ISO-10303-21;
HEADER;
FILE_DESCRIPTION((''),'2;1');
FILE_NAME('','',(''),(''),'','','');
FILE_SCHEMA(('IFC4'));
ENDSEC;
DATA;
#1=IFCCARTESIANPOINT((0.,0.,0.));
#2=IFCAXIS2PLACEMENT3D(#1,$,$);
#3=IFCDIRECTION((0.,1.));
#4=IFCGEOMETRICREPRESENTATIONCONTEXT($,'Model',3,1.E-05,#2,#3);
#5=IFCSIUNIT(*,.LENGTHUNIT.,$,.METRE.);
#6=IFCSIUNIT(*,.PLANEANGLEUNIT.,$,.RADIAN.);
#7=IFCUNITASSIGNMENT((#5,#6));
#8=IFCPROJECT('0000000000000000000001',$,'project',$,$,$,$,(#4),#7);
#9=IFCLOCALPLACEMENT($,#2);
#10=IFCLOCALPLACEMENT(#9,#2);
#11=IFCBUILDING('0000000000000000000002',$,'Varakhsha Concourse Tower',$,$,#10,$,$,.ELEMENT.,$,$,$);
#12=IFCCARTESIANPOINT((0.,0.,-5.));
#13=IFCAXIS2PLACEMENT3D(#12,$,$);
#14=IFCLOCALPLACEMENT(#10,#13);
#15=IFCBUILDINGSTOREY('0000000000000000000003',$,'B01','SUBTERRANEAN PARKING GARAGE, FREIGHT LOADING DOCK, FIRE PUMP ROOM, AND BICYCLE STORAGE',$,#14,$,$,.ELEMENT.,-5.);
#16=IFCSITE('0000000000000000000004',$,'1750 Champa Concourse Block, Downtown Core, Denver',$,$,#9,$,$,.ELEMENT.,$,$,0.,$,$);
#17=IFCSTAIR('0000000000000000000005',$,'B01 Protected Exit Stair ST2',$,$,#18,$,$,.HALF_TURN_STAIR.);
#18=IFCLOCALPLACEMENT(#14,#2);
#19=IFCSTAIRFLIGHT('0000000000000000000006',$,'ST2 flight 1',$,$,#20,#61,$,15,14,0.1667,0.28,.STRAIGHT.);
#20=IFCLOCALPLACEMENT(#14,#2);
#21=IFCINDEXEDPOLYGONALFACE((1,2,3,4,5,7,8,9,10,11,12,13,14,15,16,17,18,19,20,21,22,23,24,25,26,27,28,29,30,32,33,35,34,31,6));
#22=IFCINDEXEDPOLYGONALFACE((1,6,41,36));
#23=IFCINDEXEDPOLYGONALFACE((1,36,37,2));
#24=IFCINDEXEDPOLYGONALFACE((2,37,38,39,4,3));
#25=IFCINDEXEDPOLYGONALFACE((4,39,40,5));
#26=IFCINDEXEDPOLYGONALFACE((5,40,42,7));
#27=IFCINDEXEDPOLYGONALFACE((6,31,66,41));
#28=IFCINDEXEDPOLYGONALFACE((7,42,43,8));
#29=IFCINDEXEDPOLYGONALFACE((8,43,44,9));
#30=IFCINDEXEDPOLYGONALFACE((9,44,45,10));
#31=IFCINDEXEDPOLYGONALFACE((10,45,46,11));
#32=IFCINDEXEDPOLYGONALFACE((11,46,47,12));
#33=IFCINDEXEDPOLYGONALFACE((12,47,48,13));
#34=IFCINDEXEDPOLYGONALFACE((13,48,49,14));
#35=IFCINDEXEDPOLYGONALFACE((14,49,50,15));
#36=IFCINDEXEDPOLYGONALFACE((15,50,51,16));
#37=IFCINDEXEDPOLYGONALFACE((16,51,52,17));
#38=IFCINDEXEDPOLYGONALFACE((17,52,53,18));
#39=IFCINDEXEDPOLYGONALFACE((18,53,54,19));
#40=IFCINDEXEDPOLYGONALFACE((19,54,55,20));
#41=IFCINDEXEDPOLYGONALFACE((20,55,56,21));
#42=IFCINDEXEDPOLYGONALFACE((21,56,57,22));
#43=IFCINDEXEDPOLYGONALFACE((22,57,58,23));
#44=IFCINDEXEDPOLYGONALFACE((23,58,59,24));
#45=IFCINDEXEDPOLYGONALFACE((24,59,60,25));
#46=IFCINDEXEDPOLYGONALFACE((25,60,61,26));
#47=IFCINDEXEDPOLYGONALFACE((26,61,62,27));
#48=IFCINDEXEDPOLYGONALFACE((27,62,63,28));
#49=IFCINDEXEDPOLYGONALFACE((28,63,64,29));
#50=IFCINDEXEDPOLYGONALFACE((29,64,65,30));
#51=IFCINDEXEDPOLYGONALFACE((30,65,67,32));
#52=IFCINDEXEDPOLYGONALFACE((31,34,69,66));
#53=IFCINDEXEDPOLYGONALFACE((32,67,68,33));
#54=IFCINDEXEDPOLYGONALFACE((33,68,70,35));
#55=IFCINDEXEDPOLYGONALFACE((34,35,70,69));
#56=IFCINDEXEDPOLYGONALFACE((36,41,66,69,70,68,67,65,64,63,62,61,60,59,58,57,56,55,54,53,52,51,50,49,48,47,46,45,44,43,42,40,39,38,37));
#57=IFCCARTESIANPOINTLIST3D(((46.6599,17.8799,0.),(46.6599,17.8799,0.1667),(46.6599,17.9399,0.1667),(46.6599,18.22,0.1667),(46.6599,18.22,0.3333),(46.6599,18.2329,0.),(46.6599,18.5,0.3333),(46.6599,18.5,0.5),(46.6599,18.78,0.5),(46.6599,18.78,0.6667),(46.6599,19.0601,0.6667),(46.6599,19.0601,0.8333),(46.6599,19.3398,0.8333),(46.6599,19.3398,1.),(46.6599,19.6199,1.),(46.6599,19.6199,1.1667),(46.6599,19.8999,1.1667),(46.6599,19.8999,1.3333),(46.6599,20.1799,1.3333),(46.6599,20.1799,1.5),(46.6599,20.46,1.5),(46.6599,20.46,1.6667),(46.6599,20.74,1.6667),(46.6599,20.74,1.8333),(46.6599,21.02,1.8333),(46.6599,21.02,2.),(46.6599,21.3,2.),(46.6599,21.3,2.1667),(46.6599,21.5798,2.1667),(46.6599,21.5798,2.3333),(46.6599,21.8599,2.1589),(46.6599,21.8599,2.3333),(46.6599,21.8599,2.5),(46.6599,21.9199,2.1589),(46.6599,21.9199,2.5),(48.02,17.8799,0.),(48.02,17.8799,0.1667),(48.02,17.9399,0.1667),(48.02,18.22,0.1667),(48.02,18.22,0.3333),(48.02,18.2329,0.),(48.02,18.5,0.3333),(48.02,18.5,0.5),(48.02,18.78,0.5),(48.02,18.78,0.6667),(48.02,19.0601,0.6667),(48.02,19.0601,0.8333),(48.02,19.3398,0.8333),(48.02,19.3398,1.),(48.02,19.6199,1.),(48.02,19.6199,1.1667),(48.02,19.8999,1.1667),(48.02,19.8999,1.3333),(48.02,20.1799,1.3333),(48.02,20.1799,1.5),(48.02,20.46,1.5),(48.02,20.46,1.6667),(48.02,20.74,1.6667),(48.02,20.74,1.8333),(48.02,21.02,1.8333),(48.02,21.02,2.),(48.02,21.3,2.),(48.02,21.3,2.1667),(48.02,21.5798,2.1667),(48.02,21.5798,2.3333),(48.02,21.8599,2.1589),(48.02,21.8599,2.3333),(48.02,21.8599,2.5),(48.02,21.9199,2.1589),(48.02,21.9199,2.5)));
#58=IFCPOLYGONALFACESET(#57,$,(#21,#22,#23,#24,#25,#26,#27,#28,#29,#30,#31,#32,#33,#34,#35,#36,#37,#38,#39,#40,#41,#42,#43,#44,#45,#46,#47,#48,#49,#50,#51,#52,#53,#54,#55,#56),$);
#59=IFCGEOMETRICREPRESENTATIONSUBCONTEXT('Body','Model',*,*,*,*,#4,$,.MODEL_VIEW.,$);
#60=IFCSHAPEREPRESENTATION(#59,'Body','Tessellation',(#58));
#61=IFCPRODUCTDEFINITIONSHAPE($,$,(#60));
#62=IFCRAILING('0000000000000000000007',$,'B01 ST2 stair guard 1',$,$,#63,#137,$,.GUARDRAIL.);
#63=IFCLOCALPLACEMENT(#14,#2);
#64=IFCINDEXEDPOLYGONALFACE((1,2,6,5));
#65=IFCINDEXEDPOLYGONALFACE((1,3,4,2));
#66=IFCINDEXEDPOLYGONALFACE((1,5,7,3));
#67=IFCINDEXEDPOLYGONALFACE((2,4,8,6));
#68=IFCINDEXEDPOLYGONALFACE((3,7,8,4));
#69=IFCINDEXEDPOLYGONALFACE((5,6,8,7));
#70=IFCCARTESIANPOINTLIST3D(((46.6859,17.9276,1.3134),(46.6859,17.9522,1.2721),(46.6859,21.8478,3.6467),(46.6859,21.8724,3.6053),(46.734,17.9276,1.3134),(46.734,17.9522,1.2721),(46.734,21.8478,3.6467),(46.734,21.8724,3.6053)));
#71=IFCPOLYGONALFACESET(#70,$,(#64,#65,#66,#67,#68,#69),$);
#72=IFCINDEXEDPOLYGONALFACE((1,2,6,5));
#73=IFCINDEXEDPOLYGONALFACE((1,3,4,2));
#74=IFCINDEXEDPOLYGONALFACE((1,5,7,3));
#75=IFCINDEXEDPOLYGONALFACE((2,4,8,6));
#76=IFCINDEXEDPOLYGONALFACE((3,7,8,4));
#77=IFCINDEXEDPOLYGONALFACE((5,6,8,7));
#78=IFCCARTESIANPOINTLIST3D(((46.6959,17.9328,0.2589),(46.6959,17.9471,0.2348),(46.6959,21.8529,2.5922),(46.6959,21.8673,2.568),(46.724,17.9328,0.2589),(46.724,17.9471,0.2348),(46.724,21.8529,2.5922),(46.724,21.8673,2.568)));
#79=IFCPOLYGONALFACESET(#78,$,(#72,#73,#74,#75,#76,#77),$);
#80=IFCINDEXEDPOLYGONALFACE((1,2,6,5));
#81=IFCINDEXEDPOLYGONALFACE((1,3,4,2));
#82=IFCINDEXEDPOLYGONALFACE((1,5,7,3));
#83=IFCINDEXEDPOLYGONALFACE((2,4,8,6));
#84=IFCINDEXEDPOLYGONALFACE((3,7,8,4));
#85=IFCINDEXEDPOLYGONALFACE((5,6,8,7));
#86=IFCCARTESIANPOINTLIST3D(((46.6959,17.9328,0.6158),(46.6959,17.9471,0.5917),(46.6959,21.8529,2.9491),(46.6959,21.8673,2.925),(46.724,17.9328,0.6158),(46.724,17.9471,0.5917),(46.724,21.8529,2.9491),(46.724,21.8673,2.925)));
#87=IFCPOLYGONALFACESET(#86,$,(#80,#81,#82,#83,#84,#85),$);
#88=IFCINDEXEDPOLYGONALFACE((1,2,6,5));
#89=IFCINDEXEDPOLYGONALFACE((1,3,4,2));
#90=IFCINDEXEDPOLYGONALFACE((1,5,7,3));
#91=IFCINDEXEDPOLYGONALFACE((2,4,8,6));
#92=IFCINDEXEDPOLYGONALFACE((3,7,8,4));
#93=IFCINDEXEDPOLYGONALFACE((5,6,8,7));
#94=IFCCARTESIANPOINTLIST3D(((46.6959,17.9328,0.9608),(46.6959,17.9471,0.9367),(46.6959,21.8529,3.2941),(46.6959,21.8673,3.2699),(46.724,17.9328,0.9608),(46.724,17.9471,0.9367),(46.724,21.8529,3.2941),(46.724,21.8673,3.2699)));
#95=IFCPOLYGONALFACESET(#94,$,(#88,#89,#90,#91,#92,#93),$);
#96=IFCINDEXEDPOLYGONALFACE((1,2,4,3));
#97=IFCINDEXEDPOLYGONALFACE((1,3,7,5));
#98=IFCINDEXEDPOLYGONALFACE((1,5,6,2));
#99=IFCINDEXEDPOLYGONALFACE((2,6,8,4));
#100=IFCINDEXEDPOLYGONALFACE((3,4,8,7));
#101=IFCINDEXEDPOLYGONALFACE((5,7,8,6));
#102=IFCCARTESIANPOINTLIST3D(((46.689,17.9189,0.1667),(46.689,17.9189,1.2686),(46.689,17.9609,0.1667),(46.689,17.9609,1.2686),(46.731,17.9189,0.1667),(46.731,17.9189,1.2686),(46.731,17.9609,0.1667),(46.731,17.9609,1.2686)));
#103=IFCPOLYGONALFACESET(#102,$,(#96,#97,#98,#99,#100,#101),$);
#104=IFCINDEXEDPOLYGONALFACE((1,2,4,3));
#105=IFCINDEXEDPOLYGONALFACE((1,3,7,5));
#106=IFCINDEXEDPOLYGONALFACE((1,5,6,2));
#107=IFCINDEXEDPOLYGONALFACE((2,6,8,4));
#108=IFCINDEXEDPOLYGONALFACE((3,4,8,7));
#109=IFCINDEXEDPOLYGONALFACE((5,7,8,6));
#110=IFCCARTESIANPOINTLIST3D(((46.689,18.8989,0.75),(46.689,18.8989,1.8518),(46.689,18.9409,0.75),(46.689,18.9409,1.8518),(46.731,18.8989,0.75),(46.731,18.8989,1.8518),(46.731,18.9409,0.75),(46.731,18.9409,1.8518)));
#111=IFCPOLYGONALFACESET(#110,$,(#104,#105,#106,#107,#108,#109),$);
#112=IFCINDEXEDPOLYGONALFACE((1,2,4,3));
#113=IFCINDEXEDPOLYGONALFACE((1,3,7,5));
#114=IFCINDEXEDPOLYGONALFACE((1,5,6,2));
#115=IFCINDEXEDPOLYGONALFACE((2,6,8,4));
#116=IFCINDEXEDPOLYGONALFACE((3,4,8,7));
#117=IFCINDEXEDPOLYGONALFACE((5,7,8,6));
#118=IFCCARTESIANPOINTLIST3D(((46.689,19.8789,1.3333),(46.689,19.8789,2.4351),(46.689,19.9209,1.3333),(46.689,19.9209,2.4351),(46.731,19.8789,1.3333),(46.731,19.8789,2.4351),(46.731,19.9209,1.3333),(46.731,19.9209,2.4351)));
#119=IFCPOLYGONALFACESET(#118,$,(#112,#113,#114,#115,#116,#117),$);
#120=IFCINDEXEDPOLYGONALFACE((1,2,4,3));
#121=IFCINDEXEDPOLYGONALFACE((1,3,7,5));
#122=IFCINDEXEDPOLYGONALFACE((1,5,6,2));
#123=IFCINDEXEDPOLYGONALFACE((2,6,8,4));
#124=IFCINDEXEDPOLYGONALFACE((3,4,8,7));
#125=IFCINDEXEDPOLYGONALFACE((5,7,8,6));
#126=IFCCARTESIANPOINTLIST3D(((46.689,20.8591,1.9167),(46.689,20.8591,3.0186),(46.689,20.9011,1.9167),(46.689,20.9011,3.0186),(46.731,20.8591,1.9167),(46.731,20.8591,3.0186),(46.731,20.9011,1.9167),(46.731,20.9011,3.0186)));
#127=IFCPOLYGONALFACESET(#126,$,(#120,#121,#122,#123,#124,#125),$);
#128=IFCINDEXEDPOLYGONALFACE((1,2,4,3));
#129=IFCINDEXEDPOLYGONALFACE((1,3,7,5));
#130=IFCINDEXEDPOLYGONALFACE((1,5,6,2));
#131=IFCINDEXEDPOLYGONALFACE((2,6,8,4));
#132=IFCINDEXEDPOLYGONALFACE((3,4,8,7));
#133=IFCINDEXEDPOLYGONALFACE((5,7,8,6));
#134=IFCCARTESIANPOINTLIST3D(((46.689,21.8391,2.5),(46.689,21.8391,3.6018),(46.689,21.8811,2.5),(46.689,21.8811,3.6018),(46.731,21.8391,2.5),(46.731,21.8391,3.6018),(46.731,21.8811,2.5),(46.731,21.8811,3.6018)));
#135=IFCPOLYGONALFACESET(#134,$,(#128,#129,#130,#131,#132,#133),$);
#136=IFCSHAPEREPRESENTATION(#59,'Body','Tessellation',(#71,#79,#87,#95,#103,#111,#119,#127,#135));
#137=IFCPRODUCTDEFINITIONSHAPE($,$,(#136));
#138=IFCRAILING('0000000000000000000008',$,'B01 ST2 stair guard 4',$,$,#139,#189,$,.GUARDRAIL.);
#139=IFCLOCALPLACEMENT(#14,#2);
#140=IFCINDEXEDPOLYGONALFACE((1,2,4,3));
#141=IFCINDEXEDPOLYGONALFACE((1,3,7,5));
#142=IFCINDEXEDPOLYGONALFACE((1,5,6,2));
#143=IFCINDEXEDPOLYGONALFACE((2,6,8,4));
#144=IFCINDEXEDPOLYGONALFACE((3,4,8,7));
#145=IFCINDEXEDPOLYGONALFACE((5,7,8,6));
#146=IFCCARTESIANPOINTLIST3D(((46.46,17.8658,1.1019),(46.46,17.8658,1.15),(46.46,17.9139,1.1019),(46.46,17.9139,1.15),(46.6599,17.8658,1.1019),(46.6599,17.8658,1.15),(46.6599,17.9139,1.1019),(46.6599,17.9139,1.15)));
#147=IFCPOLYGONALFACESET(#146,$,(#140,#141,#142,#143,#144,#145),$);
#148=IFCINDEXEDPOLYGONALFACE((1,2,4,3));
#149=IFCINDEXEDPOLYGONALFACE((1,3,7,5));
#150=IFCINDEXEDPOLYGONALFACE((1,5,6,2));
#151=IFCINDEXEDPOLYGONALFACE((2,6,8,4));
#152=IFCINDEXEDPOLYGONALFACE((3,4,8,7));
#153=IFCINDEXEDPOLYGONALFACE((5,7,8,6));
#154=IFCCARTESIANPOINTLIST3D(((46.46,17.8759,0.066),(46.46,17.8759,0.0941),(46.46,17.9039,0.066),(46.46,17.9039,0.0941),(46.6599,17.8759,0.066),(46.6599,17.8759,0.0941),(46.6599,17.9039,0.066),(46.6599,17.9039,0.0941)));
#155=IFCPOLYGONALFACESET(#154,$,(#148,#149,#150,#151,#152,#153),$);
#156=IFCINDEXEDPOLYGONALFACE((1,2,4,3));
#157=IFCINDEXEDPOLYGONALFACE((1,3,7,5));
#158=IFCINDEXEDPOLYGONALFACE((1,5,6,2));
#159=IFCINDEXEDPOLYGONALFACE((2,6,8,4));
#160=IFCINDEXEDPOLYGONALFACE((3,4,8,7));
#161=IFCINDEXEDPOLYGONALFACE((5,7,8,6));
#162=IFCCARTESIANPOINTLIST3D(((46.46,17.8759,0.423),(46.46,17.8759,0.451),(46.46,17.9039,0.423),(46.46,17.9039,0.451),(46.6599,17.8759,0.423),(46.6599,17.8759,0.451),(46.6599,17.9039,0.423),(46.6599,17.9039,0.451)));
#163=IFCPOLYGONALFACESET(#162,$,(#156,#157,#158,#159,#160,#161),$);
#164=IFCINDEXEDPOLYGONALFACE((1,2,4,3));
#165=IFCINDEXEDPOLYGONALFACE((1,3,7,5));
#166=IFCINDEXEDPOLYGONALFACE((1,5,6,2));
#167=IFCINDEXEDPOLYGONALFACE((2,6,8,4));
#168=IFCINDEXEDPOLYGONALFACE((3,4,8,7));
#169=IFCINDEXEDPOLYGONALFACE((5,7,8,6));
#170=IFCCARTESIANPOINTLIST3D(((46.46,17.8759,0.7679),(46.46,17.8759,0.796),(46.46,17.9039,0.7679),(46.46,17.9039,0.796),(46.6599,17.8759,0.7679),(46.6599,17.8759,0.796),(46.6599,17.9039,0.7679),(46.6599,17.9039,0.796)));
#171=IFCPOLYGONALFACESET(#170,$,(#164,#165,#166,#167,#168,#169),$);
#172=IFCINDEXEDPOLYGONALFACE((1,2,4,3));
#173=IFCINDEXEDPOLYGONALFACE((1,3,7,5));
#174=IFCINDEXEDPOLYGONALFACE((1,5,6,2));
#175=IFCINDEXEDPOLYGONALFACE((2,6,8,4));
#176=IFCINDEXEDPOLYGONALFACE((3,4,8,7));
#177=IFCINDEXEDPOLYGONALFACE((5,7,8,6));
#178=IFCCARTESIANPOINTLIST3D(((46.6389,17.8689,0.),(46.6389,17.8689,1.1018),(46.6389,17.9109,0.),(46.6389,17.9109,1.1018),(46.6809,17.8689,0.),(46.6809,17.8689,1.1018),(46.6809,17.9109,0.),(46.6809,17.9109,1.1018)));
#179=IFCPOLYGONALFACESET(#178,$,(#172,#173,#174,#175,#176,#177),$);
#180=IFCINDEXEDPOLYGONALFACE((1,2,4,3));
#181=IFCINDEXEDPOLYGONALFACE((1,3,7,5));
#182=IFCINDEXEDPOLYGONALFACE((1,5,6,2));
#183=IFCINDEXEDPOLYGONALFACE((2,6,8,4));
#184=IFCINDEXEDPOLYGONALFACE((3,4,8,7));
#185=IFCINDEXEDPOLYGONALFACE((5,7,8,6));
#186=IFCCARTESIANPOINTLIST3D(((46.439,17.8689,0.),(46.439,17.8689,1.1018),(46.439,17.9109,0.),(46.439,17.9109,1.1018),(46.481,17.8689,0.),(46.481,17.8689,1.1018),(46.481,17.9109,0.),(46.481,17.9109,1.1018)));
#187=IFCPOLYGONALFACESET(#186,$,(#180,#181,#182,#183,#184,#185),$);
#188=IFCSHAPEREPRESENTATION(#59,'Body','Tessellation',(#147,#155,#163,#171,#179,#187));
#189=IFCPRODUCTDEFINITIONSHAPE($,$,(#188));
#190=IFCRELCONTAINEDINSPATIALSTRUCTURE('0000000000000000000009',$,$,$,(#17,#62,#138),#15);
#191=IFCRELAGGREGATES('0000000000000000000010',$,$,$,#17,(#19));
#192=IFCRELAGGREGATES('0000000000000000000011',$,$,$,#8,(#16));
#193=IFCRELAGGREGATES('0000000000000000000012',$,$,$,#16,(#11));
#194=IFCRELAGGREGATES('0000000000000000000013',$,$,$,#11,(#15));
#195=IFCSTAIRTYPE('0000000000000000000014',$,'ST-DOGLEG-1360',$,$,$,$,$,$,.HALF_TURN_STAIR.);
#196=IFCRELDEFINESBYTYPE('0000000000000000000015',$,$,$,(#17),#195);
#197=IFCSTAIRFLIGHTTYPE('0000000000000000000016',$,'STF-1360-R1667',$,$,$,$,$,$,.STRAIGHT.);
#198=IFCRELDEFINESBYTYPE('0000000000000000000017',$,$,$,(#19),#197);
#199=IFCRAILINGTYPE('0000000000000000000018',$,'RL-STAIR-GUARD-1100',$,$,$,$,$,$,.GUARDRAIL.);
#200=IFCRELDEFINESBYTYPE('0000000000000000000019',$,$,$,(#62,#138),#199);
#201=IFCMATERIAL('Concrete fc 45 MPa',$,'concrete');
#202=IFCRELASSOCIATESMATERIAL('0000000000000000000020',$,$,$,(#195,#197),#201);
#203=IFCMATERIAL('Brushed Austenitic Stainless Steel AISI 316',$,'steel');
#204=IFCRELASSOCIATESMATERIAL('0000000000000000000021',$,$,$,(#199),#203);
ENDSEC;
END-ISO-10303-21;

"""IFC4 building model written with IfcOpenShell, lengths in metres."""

from ifc_helpers import new_model, si_unit, direction, frame, origin, origin_2d, place, context, subcontext, project, spatial, polyline, rectangle, outline, extrude, material, type_object, element, aggregate, save


model = new_model("IFC4")

# Units and contexts
model_context = context("Model", 3, precision=1e-05, world=origin(), true_north=direction((0.0, 1.0)))
body_context = subcontext(model_context, "Body", "Model", "MODEL_VIEW")
ifc_project = project(units=[si_unit("LENGTHUNIT", "METRE"), si_unit("PLANEANGLEUNIT", "RADIAN")], contexts=[model_context])

# Site, building, storey
site_placement = place(None, origin())
site = spatial("IfcSite", under=ifc_project, at=site_placement, Name="1750 Champa Concourse Block, Downtown Core, Denver", CompositionType="ELEMENT", RefElevation=0.0)
building_placement = place(site_placement, origin())
building = spatial("IfcBuilding", under=site, at=building_placement, Name="Varakhsha Concourse Tower", CompositionType="ELEMENT")
storey_placement = place(building_placement, frame((0.0, 0.0, -5.0)))
storey = spatial("IfcBuildingStorey", under=building, at=storey_placement, Name="B01", Description="SUBTERRANEAN PARKING GARAGE, FREIGHT LOADING DOCK, FIRE PUMP ROOM, AND BICYCLE STORAGE", CompositionType="ELEMENT", Elevation=-5.0)

# Shared definitions
ifc_material_1 = material(Name="Concrete fc 45 MPa", Category="concrete")

# Stair, stair flight
stair_type = type_object("IfcStairType", Name="ST-DOGLEG-1360", PredefinedType="HALF_TURN_STAIR", material=ifc_material_1)
stair_placement = place(storey_placement, origin())
stair = element("IfcStair", 1, at=stair_placement, inside=storey, type_object=stair_type, Name="B01 Protected Exit Stair ST2", PredefinedType="HALF_TURN_STAIR")
stair_flight_type = type_object("IfcStairFlightType", Name="STF-1360-R1667", PredefinedType="STRAIGHT", material=ifc_material_1)
stair_flight_placement = place(storey_placement, frame((47.3401, 17.9399, 0.0), z_axis=(0.0, 0.0, 1.0), x_axis=(0.0, 1.0, 0.0)))
stair_flight = element("IfcStairFlight", 2, at=stair_flight_placement, type_object=stair_flight_type, Name="ST2 flight 1", NumberOfRisers=15, NumberOfTreads=14, PredefinedType="STRAIGHT", RiserHeight=0.1667, TreadLength=0.28, context=body_context, shape_type="SweptSolid", body=[
    extrude(outline(polyline([(-0.0601, 0.0), (-0.0601, 0.1667), (0.0, 0.1667), (0.28, 0.1667), (0.28, 0.3333), (0.5601, 0.3333), (0.5601, 0.5), (0.8401, 0.5), (0.8401, 0.6667), (1.1201, 0.6667), (1.1201, 0.8333), (1.3999, 0.8333), (1.3999, 1.0), (1.6799, 1.0), (1.6799, 1.1667), (1.96, 1.1667), (1.96, 1.3333), (2.24, 1.3333), (2.24, 1.5), (2.52, 1.5), (2.52, 1.6667), (2.8, 1.6667), (2.8, 1.8333), (3.0801, 1.8333), (3.0801, 2.0), (3.3601, 2.0), (3.3601, 2.1667), (3.6399, 2.1667), (3.6399, 2.3333), (3.9199, 2.3333), (3.9199, 2.5), (3.98, 2.5), (3.98, 2.1589), (3.9199, 2.1589), (0.293, 0.0), (-0.0601, 0.0)])), frame((0.0, 0.6802, 0.0), z_axis=(0.0, -1.0, 0.0), x_axis=(1.0, 0.0, 0.0)), (0.0, 0.0, 1.0), 1.3601),
])
aggregate(stair, [stair_flight])

# Railings
ifc_material_2 = material(Name="Brushed Austenitic Stainless Steel AISI 316", Category="steel")
railing_type_1 = type_object("IfcRailingType", Name="RL-STAIR-GUARD-1100", PredefinedType="GUARDRAIL", material=ifc_material_2)
railing_1_placement = place(storey_placement, frame((46.71, 17.9399, 0.1667)))
element("IfcRailing", 3, at=railing_1_placement, inside=storey, type_object=railing_type_1, Name="B01 ST2 stair guard 1", PredefinedType="GUARDRAIL", context=body_context, shape_type="SweptSolid", body=[
    extrude(rectangle(XDim=0.0481, YDim=0.0481, at=origin_2d()), frame((0.0, 0.0, 1.126), z_axis=(0.0, 0.85931, 0.511455), x_axis=(-1.0, 0.0, 0.0)), (0.0, 0.0, 1.0), 4.562),
    extrude(rectangle(XDim=0.0281, YDim=0.0281, at=origin_2d()), frame((0.0, 0.0, 0.0801), z_axis=(0.0, 0.85931, 0.511455), x_axis=(-1.0, 0.0, 0.0)), (0.0, 0.0, 1.0), 4.562),
    extrude(rectangle(XDim=0.0281, YDim=0.0281, at=origin_2d()), frame((0.0, 0.0, 0.437), z_axis=(0.0, 0.85931, 0.511455), x_axis=(-1.0, 0.0, 0.0)), (0.0, 0.0, 1.0), 4.562),
    extrude(rectangle(XDim=0.0281, YDim=0.0281, at=origin_2d()), frame((0.0, 0.0, 0.782), z_axis=(0.0, 0.85931, 0.511455), x_axis=(-1.0, 0.0, 0.0)), (0.0, 0.0, 1.0), 4.562),
    extrude(rectangle(XDim=0.042, YDim=0.042, at=origin_2d()), origin(), (0.0, 0.0, 1.0), 1.1018),
    extrude(rectangle(XDim=0.042, YDim=0.042, at=origin_2d()), frame((0.0, 0.98, 0.5833)), (0.0, 0.0, 1.0), 1.1018),
    extrude(rectangle(XDim=0.042, YDim=0.042, at=origin_2d()), frame((0.0, 1.96, 1.1665)), (0.0, 0.0, 1.0), 1.1018),
    extrude(rectangle(XDim=0.042, YDim=0.042, at=origin_2d()), frame((0.0, 2.9402, 1.75)), (0.0, 0.0, 1.0), 1.1018),
    extrude(rectangle(XDim=0.042, YDim=0.042, at=origin_2d()), frame((0.0, 3.9202, 2.3333)), (0.0, 0.0, 1.0), 1.1018),
])
railing_2_placement = place(storey_placement, frame((46.6599, 17.8899, 0.0)))
element("IfcRailing", 4, at=railing_2_placement, inside=storey, type_object=railing_type_1, Name="B01 ST2 stair guard 4", PredefinedType="GUARDRAIL", context=body_context, shape_type="SweptSolid", body=[
    extrude(rectangle(XDim=0.0481, YDim=0.0481, at=origin_2d()), frame((0.0, 0.0, 1.126), z_axis=(-1.0, 0.0, 0.0), x_axis=(0.0, -1.0, 0.0)), (0.0, 0.0, 1.0), 0.2),
    extrude(rectangle(XDim=0.0281, YDim=0.0281, at=origin_2d()), frame((0.0, 0.0, 0.0801), z_axis=(-1.0, 0.0, 0.0), x_axis=(0.0, -1.0, 0.0)), (0.0, 0.0, 1.0), 0.2),
    extrude(rectangle(XDim=0.0281, YDim=0.0281, at=origin_2d()), frame((0.0, 0.0, 0.437), z_axis=(-1.0, 0.0, 0.0), x_axis=(0.0, -1.0, 0.0)), (0.0, 0.0, 1.0), 0.2),
    extrude(rectangle(XDim=0.0281, YDim=0.0281, at=origin_2d()), frame((0.0, 0.0, 0.782), z_axis=(-1.0, 0.0, 0.0), x_axis=(0.0, -1.0, 0.0)), (0.0, 0.0, 1.0), 0.2),
    extrude(rectangle(XDim=0.042, YDim=0.042, at=origin_2d()), origin(), (0.0, 0.0, 1.0), 1.1018),
    extrude(rectangle(XDim=0.042, YDim=0.042, at=origin_2d()), frame((-0.2, 0.0, 0.0)), (0.0, 0.0, 1.0), 1.1018),
])

save(model, "model.ifc")
